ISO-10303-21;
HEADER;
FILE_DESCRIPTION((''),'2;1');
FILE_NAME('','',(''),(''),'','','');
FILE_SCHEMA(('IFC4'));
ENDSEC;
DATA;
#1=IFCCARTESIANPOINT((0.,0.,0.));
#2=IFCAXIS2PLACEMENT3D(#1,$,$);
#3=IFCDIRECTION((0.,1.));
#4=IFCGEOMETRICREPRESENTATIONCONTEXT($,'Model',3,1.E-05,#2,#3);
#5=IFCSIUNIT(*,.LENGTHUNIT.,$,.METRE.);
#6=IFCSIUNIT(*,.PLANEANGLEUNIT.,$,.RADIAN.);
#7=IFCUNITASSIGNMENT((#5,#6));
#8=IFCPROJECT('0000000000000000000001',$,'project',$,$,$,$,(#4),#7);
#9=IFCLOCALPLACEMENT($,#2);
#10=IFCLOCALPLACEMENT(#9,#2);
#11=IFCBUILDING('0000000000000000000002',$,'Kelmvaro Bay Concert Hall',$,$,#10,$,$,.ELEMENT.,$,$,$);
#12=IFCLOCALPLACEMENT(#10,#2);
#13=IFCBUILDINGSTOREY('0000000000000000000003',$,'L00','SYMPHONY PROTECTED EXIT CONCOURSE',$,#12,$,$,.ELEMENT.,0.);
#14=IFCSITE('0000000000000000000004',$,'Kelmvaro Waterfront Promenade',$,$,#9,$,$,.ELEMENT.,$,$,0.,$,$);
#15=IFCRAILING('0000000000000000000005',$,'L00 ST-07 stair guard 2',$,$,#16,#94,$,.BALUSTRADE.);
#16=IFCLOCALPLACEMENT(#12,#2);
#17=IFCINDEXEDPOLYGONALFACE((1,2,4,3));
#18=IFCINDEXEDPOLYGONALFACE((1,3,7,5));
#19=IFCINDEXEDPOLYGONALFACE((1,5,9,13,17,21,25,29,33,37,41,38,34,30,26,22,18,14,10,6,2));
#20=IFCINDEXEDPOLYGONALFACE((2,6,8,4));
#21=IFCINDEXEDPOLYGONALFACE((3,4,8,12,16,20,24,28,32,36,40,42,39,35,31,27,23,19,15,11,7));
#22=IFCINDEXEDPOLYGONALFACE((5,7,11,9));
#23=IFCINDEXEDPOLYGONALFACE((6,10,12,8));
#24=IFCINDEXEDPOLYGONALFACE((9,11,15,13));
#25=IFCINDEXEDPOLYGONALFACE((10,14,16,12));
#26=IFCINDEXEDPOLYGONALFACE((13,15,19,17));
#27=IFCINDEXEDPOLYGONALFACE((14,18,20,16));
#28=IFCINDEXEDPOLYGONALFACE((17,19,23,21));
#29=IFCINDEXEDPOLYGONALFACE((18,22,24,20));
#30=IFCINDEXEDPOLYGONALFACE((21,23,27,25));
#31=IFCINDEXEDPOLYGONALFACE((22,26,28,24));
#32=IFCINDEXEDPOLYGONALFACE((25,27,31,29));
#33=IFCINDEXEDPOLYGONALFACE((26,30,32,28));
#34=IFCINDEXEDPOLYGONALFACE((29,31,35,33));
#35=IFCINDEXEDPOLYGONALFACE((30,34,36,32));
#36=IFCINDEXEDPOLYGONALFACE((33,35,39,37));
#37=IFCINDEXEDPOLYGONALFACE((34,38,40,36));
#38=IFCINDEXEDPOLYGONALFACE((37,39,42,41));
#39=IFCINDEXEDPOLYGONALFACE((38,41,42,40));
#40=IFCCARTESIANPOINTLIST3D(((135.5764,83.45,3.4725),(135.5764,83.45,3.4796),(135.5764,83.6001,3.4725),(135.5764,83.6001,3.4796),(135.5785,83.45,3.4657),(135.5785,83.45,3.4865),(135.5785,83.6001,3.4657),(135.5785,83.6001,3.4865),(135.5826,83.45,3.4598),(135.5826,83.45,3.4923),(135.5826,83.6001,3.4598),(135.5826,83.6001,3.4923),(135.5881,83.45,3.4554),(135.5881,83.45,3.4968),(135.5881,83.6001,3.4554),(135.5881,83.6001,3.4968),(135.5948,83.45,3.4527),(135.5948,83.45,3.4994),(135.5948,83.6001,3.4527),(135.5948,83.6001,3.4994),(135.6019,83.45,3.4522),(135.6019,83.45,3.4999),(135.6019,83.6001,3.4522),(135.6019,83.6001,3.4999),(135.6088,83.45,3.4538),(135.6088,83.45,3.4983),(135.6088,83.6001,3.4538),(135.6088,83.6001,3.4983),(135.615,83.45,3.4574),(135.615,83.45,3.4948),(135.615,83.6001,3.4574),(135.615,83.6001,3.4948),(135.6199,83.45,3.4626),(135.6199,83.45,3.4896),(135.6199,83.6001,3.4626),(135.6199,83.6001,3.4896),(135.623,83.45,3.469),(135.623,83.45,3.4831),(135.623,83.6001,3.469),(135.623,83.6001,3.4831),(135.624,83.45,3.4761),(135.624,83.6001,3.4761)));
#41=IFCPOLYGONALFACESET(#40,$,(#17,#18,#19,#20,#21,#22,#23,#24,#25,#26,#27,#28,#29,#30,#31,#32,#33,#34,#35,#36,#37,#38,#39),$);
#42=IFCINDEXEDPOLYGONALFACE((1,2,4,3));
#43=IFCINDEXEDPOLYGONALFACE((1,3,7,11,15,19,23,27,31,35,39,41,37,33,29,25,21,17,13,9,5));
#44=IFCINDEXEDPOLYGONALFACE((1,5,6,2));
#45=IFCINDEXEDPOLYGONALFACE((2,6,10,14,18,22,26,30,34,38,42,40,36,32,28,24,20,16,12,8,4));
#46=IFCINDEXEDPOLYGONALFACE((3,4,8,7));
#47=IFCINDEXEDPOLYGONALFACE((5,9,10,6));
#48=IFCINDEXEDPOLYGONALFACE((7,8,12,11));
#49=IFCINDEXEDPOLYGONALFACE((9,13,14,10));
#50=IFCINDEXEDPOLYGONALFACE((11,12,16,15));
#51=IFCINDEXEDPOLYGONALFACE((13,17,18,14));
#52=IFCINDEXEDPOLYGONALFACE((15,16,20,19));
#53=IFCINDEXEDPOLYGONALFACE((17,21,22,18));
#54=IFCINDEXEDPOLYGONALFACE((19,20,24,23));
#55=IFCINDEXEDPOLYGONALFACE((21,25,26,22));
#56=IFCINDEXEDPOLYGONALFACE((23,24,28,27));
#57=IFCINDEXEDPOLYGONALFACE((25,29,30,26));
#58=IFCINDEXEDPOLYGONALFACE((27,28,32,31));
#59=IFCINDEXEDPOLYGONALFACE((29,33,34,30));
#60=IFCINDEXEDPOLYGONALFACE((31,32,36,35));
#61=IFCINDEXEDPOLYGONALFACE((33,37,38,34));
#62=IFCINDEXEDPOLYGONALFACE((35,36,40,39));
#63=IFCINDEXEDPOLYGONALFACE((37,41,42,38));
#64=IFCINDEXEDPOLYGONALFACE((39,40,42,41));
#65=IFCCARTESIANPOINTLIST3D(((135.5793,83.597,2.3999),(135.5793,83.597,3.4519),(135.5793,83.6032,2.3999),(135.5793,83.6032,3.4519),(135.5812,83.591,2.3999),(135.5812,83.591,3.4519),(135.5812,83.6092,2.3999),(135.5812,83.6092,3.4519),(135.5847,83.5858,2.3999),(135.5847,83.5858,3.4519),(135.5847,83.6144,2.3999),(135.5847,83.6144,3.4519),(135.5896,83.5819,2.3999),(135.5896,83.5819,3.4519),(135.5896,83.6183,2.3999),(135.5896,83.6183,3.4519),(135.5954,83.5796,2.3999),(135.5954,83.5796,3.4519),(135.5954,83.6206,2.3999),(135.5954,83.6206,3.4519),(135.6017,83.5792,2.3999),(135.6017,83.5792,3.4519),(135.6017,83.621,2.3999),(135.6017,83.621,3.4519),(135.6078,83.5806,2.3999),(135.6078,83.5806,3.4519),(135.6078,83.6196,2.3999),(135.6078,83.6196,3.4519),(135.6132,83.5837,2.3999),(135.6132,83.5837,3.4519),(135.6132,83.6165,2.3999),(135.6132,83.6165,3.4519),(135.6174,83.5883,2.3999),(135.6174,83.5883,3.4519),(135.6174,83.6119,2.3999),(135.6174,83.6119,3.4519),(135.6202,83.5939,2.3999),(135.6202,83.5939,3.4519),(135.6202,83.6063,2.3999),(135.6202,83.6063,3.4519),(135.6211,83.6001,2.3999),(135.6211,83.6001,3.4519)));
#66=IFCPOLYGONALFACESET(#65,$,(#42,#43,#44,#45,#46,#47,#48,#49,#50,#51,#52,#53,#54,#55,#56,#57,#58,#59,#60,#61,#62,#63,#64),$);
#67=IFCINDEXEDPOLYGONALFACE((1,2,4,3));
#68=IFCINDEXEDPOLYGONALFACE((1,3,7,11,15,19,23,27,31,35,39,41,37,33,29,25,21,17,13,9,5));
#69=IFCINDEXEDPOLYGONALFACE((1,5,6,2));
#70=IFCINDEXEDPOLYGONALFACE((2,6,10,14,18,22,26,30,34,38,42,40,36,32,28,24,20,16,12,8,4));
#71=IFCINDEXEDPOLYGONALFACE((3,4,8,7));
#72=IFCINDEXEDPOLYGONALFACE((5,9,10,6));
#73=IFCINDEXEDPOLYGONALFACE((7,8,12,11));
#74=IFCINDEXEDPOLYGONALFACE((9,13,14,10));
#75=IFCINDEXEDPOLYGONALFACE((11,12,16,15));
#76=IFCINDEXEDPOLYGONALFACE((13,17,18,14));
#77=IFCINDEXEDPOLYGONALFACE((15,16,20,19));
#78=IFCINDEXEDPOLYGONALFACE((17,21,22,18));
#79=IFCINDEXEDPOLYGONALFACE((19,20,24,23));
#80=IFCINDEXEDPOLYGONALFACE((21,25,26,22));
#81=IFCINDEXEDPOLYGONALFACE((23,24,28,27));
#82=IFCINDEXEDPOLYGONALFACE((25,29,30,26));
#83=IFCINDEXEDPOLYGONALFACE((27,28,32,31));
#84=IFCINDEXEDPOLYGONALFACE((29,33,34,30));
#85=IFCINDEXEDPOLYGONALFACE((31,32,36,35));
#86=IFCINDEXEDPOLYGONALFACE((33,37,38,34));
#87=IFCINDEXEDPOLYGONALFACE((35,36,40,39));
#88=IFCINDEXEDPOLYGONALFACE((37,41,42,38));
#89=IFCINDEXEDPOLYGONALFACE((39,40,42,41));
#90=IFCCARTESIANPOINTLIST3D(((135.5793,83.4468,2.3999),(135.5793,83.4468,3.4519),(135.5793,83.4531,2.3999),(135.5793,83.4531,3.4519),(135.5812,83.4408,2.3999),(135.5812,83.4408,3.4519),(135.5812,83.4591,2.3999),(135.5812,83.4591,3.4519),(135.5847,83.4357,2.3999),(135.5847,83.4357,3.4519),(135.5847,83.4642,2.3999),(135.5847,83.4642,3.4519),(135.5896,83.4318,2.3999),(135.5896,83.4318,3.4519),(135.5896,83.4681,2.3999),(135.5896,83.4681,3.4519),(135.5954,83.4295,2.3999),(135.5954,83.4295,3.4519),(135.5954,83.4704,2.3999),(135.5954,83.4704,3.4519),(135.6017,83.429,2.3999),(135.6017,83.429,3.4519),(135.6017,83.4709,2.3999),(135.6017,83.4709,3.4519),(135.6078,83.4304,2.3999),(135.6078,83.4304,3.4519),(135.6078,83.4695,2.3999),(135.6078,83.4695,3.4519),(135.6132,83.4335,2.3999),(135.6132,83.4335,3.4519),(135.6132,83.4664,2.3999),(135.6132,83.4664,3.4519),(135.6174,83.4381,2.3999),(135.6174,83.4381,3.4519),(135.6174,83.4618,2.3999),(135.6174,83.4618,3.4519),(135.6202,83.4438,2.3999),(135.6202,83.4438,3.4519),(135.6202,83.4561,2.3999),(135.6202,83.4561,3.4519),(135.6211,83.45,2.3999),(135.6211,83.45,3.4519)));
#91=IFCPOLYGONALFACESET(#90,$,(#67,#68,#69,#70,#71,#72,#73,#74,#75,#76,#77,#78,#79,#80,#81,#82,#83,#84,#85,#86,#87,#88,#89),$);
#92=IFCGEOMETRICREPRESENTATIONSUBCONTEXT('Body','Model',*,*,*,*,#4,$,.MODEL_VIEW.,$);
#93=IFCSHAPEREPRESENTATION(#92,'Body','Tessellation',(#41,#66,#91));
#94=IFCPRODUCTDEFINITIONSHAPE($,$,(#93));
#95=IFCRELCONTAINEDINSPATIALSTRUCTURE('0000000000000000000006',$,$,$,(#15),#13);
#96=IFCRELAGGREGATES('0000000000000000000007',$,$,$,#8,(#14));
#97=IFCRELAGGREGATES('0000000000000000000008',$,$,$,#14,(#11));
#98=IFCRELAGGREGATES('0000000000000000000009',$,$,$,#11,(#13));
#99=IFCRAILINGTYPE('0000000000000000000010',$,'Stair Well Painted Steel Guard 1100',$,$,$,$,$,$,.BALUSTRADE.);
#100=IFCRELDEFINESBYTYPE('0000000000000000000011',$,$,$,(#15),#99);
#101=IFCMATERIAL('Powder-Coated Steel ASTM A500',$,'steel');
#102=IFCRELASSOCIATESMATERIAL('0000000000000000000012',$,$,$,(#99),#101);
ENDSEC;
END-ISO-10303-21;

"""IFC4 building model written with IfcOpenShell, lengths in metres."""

from ifc_helpers import new_model, si_unit, direction, frame, origin, origin_2d, place, context, subcontext, project, spatial, circle, extrude, material, type_object, element, save


model = new_model("IFC4")

# Units and contexts
model_context = context("Model", 3, precision=1e-05, world=origin(), true_north=direction((0.0, 1.0)))
body_context = subcontext(model_context, "Body", "Model", "MODEL_VIEW")
ifc_project = project(units=[si_unit("LENGTHUNIT", "METRE"), si_unit("PLANEANGLEUNIT", "RADIAN")], contexts=[model_context])

# Site, building, storey
site_placement = place(None, origin())
site = spatial("IfcSite", under=ifc_project, at=site_placement, Name="Kelmvaro Waterfront Promenade", CompositionType="ELEMENT", RefElevation=0.0)
building_placement = place(site_placement, origin())
building = spatial("IfcBuilding", under=site, at=building_placement, Name="Kelmvaro Bay Concert Hall", CompositionType="ELEMENT")
storey_placement = place(building_placement, origin())
storey = spatial("IfcBuildingStorey", under=building, at=storey_placement, Name="L00", Description="SYMPHONY PROTECTED EXIT CONCOURSE", CompositionType="ELEMENT", Elevation=0.0)

# Railing
ifc_material_1 = material(Name="Powder-Coated Steel ASTM A500", Category="steel")
railing_type_1 = type_object("IfcRailingType", Name="Stair Well Painted Steel Guard 1100", PredefinedType="BALUSTRADE", material=ifc_material_1)
railing_1_placement = place(storey_placement, frame((135.6001, 83.6001, 2.3999)))
element("IfcRailing", 1, at=railing_1_placement, inside=storey, type_object=railing_type_1, Name="L00 ST-07 stair guard 2", PredefinedType="BALUSTRADE", context=body_context, shape_type="SweptSolid", body=[
    extrude(circle(Radius=0.0239, at=origin_2d()), frame((0.0, 0.0, 1.0762), z_axis=(0.0, -1.0, 0.0), x_axis=(1.0, 0.0, 0.0)), (0.0, 0.0, 1.0), 0.1501),
    extrude(circle(Radius=0.021, at=origin_2d()), origin(), (0.0, 0.0, 1.0), 1.052),
    extrude(circle(Radius=0.021, at=origin_2d()), frame((0.0, -0.1501, 0.0)), (0.0, 0.0, 1.0), 1.052),
])

save(model, "model.ifc")
